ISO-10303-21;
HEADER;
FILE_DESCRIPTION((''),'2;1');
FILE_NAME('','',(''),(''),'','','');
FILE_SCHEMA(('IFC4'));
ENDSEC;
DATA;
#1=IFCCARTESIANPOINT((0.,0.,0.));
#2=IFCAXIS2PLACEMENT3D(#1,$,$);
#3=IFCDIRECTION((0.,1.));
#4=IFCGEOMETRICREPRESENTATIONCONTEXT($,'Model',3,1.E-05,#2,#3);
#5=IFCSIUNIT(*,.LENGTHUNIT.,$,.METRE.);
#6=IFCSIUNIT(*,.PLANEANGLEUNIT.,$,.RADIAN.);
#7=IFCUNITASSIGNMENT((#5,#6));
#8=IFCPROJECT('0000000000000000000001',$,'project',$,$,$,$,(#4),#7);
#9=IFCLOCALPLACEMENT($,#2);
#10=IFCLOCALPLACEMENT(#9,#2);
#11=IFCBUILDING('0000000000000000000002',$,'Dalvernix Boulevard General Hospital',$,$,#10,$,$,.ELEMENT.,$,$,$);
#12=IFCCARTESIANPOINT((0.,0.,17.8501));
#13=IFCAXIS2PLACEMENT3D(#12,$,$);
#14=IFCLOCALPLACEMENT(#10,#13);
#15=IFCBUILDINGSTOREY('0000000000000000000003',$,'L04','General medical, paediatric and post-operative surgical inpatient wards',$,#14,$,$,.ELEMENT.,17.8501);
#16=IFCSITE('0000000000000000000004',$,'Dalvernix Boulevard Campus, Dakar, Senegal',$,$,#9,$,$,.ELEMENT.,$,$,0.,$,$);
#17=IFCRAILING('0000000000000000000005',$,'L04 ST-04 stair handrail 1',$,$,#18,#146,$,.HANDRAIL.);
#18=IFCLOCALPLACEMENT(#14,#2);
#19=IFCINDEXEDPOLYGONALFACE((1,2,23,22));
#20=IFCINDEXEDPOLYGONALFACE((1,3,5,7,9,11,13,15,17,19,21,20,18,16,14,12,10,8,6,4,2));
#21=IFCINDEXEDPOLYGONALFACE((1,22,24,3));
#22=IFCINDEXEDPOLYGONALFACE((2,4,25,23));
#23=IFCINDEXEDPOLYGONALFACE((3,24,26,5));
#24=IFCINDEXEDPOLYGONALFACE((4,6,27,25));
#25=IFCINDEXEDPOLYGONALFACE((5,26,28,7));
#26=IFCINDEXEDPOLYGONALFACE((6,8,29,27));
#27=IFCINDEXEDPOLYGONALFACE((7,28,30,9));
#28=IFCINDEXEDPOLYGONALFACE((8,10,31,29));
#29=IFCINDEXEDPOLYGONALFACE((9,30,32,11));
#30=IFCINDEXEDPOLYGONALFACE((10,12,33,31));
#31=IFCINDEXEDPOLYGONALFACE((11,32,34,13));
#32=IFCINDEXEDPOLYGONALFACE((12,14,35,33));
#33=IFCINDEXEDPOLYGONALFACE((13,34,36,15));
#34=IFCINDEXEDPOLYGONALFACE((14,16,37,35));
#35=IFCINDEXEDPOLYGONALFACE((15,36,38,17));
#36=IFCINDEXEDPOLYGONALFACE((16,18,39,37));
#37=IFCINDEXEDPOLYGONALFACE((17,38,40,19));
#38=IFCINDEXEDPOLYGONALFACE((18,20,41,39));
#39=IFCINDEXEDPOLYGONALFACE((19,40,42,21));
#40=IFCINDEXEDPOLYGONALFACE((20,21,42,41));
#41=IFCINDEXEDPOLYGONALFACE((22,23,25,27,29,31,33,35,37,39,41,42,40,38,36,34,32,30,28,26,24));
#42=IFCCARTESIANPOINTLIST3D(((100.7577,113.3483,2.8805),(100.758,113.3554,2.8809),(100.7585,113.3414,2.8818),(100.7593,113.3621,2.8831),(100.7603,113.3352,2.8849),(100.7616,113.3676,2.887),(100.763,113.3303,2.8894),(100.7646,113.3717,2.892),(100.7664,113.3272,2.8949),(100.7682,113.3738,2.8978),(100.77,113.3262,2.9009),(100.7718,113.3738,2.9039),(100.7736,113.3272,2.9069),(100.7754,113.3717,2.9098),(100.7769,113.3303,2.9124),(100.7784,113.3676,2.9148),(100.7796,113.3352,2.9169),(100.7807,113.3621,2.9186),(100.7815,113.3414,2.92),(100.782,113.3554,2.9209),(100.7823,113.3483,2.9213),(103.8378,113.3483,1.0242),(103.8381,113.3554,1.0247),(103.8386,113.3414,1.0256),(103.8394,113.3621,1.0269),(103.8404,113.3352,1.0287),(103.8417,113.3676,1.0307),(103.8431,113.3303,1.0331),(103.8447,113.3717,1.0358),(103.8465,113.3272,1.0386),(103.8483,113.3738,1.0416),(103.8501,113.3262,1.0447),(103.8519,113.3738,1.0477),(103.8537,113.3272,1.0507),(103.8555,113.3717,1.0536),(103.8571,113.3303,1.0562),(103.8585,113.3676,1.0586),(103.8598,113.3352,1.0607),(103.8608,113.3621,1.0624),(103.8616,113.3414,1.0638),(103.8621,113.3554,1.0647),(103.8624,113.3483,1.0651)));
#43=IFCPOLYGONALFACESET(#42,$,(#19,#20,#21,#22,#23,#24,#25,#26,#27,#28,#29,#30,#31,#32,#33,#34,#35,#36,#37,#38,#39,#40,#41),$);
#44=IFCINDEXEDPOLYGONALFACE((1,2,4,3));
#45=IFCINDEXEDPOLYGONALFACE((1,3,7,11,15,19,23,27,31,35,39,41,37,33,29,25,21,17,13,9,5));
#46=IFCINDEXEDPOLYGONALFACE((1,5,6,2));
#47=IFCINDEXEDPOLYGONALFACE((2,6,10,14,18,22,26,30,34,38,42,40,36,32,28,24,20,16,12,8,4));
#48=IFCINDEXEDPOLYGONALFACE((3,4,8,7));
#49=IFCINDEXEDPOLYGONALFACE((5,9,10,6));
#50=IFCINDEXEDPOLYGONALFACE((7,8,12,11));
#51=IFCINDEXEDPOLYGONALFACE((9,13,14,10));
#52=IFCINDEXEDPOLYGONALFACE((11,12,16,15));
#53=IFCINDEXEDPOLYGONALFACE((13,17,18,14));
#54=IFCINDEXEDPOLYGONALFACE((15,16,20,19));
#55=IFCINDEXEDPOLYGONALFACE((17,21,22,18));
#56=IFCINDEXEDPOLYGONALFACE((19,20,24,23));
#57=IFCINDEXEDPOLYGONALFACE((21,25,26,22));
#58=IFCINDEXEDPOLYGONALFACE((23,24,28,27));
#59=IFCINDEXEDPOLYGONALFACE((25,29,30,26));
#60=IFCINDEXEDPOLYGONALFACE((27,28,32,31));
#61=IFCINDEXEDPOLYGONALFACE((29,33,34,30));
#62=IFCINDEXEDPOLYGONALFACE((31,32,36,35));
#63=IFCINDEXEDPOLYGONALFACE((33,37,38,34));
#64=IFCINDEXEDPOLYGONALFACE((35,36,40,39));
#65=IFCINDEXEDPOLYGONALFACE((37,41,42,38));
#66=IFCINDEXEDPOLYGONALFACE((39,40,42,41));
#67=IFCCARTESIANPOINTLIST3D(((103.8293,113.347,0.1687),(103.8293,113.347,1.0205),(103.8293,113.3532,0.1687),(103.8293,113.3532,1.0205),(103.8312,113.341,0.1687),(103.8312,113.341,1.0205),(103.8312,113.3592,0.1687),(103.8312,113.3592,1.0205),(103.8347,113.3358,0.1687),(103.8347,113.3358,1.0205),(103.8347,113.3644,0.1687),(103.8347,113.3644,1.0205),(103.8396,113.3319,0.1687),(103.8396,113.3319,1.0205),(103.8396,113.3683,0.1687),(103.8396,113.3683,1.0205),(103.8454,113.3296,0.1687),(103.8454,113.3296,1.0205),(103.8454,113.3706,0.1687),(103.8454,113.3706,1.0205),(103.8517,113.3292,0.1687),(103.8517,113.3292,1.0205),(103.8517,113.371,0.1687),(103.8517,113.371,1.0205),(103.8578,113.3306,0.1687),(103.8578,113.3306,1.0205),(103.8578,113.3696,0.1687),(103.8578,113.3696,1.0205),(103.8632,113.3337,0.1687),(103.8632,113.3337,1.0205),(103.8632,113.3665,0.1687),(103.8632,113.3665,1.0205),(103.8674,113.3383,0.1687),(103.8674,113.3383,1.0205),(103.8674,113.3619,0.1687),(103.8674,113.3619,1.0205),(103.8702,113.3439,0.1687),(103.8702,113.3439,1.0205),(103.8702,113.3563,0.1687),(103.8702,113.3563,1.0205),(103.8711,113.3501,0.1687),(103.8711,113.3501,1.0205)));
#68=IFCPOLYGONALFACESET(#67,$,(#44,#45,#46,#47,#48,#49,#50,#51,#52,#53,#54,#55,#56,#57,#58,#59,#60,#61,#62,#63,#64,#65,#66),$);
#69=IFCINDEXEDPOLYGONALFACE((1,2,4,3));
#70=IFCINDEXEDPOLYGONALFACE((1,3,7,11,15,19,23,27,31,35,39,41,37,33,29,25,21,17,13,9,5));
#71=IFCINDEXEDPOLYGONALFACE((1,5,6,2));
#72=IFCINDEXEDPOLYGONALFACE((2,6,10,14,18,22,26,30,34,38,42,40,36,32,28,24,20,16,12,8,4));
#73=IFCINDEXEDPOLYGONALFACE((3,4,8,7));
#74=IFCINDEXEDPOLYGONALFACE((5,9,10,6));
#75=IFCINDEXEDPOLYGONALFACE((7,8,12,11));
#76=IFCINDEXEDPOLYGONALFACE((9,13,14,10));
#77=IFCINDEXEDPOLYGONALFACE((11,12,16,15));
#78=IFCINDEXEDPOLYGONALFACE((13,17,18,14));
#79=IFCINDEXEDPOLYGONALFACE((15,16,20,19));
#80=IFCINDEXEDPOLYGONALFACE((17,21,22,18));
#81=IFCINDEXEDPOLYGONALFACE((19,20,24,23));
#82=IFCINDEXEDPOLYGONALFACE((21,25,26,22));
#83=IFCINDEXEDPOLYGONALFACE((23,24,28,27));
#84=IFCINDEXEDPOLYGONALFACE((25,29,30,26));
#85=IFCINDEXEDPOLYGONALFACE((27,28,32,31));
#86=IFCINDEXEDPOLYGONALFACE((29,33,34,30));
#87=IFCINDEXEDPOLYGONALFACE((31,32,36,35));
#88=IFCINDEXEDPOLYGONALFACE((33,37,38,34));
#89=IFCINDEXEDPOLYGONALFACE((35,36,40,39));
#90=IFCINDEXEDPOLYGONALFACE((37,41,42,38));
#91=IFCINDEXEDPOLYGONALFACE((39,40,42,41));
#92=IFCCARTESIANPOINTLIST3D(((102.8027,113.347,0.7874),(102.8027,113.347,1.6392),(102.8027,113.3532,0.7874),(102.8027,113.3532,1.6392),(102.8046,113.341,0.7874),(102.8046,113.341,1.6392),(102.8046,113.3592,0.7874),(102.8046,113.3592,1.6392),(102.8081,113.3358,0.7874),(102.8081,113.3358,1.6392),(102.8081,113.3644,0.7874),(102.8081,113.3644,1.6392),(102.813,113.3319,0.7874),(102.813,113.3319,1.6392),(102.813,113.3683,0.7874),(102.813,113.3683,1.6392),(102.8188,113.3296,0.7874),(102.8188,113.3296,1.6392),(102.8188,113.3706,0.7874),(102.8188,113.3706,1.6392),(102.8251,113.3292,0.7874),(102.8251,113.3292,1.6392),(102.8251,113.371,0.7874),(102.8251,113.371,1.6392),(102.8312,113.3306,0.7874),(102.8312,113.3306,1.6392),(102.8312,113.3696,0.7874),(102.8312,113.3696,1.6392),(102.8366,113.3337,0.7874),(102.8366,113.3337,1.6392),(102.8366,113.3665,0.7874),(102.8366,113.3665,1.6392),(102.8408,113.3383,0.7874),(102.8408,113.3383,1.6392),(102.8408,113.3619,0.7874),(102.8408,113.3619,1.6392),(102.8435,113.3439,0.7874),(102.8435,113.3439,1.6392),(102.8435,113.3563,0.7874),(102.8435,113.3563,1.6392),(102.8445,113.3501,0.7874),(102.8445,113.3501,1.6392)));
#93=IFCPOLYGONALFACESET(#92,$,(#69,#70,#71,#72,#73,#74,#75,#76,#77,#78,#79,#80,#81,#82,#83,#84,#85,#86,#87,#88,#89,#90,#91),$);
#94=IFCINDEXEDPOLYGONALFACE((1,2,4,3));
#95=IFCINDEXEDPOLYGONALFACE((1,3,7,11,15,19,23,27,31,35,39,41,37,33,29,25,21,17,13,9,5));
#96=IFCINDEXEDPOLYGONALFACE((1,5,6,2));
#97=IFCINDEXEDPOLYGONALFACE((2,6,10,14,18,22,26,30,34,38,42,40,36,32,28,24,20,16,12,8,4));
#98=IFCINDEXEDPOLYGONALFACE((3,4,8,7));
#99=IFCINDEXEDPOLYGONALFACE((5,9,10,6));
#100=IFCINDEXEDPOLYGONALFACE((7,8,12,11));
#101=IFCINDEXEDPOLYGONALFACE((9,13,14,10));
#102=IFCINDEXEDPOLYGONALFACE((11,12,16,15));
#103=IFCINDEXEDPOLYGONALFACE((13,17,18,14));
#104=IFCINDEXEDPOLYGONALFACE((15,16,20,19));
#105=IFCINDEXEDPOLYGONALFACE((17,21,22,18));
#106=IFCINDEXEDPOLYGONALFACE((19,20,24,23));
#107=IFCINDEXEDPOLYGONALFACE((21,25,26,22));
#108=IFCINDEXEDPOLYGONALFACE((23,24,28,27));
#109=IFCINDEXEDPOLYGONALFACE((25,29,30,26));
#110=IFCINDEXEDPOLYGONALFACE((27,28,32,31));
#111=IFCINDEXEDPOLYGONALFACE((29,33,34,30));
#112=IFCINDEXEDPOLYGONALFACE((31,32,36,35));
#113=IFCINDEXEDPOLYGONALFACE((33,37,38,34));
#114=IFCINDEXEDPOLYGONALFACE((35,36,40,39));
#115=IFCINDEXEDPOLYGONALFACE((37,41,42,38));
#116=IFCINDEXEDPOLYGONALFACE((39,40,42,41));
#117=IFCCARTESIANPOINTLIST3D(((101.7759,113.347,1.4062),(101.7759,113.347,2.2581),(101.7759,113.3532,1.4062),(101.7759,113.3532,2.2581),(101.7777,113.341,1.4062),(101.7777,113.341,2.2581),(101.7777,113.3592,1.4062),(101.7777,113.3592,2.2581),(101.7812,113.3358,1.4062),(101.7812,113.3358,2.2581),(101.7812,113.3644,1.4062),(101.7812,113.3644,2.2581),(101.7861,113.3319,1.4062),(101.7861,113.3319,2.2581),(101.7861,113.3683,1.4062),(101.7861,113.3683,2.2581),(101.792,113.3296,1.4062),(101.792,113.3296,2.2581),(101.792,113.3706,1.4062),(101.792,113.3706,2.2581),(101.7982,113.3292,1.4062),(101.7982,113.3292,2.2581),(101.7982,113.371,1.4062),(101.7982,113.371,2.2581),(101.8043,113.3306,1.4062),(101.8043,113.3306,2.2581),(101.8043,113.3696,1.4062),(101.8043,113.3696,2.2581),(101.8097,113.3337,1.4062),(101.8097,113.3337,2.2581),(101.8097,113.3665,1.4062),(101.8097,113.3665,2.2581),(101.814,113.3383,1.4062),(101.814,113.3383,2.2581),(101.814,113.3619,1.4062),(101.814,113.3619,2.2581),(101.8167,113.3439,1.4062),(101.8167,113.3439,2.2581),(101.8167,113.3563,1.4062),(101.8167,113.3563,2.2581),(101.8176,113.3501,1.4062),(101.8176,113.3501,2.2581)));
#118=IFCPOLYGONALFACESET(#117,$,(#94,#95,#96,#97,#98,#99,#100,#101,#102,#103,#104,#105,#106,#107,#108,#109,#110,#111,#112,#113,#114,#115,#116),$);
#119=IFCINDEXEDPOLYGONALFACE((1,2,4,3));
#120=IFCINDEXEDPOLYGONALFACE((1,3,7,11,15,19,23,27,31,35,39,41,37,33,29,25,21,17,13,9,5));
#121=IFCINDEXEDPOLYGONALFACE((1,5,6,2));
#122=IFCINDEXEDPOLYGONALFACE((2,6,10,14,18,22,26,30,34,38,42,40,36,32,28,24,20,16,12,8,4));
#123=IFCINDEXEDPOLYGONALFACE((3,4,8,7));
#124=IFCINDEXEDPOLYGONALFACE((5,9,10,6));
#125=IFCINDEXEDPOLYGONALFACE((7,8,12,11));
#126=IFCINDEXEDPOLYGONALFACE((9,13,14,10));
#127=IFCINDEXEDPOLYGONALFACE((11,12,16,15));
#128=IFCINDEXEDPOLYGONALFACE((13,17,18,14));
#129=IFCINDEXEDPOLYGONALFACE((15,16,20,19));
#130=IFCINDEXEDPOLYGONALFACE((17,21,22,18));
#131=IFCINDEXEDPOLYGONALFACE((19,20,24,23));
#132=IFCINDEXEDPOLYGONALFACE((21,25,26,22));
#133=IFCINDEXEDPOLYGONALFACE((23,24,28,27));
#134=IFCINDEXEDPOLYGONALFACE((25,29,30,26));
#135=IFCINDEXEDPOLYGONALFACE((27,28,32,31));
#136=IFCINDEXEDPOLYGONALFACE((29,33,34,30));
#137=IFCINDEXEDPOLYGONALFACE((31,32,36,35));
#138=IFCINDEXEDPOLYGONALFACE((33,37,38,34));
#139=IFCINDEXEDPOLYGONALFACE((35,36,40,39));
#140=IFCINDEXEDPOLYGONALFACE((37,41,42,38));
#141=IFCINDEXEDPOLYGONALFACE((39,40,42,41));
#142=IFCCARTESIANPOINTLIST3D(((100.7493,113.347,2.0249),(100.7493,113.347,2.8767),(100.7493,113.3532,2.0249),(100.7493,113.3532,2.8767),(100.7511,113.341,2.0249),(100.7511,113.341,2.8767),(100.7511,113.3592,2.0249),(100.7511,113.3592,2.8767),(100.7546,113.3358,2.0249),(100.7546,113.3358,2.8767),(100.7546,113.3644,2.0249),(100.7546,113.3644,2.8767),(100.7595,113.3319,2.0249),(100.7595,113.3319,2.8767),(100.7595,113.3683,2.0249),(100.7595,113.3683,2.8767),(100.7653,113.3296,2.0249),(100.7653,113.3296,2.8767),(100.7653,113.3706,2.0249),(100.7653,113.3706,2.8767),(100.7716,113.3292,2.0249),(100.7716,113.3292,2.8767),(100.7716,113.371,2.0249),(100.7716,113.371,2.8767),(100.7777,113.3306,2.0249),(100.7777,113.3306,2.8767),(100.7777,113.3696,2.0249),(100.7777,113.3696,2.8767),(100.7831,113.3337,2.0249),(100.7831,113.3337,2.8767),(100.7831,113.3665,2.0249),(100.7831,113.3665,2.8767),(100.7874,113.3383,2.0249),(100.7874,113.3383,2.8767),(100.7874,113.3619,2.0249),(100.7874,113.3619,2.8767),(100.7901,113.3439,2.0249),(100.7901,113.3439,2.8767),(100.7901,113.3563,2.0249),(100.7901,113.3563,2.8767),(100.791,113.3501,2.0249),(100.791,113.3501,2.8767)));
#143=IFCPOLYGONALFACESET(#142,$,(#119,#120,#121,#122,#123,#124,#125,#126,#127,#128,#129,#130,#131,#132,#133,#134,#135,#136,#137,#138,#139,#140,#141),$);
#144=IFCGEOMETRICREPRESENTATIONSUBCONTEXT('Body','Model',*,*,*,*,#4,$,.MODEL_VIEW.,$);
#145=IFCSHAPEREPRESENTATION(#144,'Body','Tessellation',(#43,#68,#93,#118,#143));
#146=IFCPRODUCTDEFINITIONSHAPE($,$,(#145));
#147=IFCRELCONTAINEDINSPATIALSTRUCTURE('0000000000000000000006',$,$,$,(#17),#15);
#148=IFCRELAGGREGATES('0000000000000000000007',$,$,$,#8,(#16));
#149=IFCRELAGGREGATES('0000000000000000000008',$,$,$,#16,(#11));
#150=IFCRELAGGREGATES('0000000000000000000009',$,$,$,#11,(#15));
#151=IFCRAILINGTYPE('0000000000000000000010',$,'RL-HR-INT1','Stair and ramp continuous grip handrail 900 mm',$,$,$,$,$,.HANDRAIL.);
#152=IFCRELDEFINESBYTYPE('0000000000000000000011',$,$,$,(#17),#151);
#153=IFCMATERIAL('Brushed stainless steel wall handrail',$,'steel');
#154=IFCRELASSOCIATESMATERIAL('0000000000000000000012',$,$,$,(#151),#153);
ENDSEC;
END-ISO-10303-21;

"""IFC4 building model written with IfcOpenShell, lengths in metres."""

from ifc_helpers import new_model, si_unit, direction, frame, origin, origin_2d, place, context, subcontext, project, spatial, circle, extrude, material, type_object, element, save


model = new_model("IFC4")

# Units and contexts
model_context = context("Model", 3, precision=1e-05, world=origin(), true_north=direction((0.0, 1.0)))
body_context = subcontext(model_context, "Body", "Model", "MODEL_VIEW")
ifc_project = project(units=[si_unit("LENGTHUNIT", "METRE"), si_unit("PLANEANGLEUNIT", "RADIAN")], contexts=[model_context])

# Site, building, storey
site_placement = place(None, origin())
site = spatial("IfcSite", under=ifc_project, at=site_placement, Name="Dalvernix Boulevard Campus, Dakar, Senegal", CompositionType="ELEMENT", RefElevation=0.0)
building_placement = place(site_placement, origin())
building = spatial("IfcBuilding", under=site, at=building_placement, Name="Dalvernix Boulevard General Hospital", CompositionType="ELEMENT")
storey_placement = place(building_placement, frame((0.0, 0.0, 17.8501)))
storey = spatial("IfcBuildingStorey", under=building, at=storey_placement, Name="L04", Description="General medical, paediatric and post-operative surgical inpatient wards", CompositionType="ELEMENT", Elevation=17.8501)

# Railing
ifc_material_1 = material(Name="Brushed stainless steel wall handrail", Category="steel")
railing_type_1 = type_object("IfcRailingType", Name="RL-HR-INT1", Description="Stair and ramp continuous grip handrail 900 mm", PredefinedType="HANDRAIL", material=ifc_material_1)
railing_1_placement = place(storey_placement, frame((103.8501, 113.3501, 0.1687)))
element("IfcRailing", 1, at=railing_1_placement, inside=storey, type_object=railing_type_1, Name="L04 ST-04 stair handrail 1", PredefinedType="HANDRAIL", context=body_context, shape_type="SweptSolid", body=[
    extrude(circle(Radius=0.0239, at=origin_2d()), frame((0.0, 0.0, 0.876), z_axis=(-0.856491, 0.0, 0.516162), x_axis=(0.0, -1.0, 0.0)), (0.0, 0.0, 1.0), 3.5962),
    extrude(circle(Radius=0.021, at=origin_2d()), origin(), (0.0, 0.0, 1.0), 0.8518),
    extrude(circle(Radius=0.021, at=origin_2d()), frame((-1.0266, 0.0, 0.6187)), (0.0, 0.0, 1.0), 0.8518),
    extrude(circle(Radius=0.021, at=origin_2d()), frame((-2.0535, 0.0, 1.2375)), (0.0, 0.0, 1.0), 0.8518),
    extrude(circle(Radius=0.021, at=origin_2d()), frame((-3.0801, 0.0, 1.8562)), (0.0, 0.0, 1.0), 0.8518),
])

save(model, "model.ifc")
